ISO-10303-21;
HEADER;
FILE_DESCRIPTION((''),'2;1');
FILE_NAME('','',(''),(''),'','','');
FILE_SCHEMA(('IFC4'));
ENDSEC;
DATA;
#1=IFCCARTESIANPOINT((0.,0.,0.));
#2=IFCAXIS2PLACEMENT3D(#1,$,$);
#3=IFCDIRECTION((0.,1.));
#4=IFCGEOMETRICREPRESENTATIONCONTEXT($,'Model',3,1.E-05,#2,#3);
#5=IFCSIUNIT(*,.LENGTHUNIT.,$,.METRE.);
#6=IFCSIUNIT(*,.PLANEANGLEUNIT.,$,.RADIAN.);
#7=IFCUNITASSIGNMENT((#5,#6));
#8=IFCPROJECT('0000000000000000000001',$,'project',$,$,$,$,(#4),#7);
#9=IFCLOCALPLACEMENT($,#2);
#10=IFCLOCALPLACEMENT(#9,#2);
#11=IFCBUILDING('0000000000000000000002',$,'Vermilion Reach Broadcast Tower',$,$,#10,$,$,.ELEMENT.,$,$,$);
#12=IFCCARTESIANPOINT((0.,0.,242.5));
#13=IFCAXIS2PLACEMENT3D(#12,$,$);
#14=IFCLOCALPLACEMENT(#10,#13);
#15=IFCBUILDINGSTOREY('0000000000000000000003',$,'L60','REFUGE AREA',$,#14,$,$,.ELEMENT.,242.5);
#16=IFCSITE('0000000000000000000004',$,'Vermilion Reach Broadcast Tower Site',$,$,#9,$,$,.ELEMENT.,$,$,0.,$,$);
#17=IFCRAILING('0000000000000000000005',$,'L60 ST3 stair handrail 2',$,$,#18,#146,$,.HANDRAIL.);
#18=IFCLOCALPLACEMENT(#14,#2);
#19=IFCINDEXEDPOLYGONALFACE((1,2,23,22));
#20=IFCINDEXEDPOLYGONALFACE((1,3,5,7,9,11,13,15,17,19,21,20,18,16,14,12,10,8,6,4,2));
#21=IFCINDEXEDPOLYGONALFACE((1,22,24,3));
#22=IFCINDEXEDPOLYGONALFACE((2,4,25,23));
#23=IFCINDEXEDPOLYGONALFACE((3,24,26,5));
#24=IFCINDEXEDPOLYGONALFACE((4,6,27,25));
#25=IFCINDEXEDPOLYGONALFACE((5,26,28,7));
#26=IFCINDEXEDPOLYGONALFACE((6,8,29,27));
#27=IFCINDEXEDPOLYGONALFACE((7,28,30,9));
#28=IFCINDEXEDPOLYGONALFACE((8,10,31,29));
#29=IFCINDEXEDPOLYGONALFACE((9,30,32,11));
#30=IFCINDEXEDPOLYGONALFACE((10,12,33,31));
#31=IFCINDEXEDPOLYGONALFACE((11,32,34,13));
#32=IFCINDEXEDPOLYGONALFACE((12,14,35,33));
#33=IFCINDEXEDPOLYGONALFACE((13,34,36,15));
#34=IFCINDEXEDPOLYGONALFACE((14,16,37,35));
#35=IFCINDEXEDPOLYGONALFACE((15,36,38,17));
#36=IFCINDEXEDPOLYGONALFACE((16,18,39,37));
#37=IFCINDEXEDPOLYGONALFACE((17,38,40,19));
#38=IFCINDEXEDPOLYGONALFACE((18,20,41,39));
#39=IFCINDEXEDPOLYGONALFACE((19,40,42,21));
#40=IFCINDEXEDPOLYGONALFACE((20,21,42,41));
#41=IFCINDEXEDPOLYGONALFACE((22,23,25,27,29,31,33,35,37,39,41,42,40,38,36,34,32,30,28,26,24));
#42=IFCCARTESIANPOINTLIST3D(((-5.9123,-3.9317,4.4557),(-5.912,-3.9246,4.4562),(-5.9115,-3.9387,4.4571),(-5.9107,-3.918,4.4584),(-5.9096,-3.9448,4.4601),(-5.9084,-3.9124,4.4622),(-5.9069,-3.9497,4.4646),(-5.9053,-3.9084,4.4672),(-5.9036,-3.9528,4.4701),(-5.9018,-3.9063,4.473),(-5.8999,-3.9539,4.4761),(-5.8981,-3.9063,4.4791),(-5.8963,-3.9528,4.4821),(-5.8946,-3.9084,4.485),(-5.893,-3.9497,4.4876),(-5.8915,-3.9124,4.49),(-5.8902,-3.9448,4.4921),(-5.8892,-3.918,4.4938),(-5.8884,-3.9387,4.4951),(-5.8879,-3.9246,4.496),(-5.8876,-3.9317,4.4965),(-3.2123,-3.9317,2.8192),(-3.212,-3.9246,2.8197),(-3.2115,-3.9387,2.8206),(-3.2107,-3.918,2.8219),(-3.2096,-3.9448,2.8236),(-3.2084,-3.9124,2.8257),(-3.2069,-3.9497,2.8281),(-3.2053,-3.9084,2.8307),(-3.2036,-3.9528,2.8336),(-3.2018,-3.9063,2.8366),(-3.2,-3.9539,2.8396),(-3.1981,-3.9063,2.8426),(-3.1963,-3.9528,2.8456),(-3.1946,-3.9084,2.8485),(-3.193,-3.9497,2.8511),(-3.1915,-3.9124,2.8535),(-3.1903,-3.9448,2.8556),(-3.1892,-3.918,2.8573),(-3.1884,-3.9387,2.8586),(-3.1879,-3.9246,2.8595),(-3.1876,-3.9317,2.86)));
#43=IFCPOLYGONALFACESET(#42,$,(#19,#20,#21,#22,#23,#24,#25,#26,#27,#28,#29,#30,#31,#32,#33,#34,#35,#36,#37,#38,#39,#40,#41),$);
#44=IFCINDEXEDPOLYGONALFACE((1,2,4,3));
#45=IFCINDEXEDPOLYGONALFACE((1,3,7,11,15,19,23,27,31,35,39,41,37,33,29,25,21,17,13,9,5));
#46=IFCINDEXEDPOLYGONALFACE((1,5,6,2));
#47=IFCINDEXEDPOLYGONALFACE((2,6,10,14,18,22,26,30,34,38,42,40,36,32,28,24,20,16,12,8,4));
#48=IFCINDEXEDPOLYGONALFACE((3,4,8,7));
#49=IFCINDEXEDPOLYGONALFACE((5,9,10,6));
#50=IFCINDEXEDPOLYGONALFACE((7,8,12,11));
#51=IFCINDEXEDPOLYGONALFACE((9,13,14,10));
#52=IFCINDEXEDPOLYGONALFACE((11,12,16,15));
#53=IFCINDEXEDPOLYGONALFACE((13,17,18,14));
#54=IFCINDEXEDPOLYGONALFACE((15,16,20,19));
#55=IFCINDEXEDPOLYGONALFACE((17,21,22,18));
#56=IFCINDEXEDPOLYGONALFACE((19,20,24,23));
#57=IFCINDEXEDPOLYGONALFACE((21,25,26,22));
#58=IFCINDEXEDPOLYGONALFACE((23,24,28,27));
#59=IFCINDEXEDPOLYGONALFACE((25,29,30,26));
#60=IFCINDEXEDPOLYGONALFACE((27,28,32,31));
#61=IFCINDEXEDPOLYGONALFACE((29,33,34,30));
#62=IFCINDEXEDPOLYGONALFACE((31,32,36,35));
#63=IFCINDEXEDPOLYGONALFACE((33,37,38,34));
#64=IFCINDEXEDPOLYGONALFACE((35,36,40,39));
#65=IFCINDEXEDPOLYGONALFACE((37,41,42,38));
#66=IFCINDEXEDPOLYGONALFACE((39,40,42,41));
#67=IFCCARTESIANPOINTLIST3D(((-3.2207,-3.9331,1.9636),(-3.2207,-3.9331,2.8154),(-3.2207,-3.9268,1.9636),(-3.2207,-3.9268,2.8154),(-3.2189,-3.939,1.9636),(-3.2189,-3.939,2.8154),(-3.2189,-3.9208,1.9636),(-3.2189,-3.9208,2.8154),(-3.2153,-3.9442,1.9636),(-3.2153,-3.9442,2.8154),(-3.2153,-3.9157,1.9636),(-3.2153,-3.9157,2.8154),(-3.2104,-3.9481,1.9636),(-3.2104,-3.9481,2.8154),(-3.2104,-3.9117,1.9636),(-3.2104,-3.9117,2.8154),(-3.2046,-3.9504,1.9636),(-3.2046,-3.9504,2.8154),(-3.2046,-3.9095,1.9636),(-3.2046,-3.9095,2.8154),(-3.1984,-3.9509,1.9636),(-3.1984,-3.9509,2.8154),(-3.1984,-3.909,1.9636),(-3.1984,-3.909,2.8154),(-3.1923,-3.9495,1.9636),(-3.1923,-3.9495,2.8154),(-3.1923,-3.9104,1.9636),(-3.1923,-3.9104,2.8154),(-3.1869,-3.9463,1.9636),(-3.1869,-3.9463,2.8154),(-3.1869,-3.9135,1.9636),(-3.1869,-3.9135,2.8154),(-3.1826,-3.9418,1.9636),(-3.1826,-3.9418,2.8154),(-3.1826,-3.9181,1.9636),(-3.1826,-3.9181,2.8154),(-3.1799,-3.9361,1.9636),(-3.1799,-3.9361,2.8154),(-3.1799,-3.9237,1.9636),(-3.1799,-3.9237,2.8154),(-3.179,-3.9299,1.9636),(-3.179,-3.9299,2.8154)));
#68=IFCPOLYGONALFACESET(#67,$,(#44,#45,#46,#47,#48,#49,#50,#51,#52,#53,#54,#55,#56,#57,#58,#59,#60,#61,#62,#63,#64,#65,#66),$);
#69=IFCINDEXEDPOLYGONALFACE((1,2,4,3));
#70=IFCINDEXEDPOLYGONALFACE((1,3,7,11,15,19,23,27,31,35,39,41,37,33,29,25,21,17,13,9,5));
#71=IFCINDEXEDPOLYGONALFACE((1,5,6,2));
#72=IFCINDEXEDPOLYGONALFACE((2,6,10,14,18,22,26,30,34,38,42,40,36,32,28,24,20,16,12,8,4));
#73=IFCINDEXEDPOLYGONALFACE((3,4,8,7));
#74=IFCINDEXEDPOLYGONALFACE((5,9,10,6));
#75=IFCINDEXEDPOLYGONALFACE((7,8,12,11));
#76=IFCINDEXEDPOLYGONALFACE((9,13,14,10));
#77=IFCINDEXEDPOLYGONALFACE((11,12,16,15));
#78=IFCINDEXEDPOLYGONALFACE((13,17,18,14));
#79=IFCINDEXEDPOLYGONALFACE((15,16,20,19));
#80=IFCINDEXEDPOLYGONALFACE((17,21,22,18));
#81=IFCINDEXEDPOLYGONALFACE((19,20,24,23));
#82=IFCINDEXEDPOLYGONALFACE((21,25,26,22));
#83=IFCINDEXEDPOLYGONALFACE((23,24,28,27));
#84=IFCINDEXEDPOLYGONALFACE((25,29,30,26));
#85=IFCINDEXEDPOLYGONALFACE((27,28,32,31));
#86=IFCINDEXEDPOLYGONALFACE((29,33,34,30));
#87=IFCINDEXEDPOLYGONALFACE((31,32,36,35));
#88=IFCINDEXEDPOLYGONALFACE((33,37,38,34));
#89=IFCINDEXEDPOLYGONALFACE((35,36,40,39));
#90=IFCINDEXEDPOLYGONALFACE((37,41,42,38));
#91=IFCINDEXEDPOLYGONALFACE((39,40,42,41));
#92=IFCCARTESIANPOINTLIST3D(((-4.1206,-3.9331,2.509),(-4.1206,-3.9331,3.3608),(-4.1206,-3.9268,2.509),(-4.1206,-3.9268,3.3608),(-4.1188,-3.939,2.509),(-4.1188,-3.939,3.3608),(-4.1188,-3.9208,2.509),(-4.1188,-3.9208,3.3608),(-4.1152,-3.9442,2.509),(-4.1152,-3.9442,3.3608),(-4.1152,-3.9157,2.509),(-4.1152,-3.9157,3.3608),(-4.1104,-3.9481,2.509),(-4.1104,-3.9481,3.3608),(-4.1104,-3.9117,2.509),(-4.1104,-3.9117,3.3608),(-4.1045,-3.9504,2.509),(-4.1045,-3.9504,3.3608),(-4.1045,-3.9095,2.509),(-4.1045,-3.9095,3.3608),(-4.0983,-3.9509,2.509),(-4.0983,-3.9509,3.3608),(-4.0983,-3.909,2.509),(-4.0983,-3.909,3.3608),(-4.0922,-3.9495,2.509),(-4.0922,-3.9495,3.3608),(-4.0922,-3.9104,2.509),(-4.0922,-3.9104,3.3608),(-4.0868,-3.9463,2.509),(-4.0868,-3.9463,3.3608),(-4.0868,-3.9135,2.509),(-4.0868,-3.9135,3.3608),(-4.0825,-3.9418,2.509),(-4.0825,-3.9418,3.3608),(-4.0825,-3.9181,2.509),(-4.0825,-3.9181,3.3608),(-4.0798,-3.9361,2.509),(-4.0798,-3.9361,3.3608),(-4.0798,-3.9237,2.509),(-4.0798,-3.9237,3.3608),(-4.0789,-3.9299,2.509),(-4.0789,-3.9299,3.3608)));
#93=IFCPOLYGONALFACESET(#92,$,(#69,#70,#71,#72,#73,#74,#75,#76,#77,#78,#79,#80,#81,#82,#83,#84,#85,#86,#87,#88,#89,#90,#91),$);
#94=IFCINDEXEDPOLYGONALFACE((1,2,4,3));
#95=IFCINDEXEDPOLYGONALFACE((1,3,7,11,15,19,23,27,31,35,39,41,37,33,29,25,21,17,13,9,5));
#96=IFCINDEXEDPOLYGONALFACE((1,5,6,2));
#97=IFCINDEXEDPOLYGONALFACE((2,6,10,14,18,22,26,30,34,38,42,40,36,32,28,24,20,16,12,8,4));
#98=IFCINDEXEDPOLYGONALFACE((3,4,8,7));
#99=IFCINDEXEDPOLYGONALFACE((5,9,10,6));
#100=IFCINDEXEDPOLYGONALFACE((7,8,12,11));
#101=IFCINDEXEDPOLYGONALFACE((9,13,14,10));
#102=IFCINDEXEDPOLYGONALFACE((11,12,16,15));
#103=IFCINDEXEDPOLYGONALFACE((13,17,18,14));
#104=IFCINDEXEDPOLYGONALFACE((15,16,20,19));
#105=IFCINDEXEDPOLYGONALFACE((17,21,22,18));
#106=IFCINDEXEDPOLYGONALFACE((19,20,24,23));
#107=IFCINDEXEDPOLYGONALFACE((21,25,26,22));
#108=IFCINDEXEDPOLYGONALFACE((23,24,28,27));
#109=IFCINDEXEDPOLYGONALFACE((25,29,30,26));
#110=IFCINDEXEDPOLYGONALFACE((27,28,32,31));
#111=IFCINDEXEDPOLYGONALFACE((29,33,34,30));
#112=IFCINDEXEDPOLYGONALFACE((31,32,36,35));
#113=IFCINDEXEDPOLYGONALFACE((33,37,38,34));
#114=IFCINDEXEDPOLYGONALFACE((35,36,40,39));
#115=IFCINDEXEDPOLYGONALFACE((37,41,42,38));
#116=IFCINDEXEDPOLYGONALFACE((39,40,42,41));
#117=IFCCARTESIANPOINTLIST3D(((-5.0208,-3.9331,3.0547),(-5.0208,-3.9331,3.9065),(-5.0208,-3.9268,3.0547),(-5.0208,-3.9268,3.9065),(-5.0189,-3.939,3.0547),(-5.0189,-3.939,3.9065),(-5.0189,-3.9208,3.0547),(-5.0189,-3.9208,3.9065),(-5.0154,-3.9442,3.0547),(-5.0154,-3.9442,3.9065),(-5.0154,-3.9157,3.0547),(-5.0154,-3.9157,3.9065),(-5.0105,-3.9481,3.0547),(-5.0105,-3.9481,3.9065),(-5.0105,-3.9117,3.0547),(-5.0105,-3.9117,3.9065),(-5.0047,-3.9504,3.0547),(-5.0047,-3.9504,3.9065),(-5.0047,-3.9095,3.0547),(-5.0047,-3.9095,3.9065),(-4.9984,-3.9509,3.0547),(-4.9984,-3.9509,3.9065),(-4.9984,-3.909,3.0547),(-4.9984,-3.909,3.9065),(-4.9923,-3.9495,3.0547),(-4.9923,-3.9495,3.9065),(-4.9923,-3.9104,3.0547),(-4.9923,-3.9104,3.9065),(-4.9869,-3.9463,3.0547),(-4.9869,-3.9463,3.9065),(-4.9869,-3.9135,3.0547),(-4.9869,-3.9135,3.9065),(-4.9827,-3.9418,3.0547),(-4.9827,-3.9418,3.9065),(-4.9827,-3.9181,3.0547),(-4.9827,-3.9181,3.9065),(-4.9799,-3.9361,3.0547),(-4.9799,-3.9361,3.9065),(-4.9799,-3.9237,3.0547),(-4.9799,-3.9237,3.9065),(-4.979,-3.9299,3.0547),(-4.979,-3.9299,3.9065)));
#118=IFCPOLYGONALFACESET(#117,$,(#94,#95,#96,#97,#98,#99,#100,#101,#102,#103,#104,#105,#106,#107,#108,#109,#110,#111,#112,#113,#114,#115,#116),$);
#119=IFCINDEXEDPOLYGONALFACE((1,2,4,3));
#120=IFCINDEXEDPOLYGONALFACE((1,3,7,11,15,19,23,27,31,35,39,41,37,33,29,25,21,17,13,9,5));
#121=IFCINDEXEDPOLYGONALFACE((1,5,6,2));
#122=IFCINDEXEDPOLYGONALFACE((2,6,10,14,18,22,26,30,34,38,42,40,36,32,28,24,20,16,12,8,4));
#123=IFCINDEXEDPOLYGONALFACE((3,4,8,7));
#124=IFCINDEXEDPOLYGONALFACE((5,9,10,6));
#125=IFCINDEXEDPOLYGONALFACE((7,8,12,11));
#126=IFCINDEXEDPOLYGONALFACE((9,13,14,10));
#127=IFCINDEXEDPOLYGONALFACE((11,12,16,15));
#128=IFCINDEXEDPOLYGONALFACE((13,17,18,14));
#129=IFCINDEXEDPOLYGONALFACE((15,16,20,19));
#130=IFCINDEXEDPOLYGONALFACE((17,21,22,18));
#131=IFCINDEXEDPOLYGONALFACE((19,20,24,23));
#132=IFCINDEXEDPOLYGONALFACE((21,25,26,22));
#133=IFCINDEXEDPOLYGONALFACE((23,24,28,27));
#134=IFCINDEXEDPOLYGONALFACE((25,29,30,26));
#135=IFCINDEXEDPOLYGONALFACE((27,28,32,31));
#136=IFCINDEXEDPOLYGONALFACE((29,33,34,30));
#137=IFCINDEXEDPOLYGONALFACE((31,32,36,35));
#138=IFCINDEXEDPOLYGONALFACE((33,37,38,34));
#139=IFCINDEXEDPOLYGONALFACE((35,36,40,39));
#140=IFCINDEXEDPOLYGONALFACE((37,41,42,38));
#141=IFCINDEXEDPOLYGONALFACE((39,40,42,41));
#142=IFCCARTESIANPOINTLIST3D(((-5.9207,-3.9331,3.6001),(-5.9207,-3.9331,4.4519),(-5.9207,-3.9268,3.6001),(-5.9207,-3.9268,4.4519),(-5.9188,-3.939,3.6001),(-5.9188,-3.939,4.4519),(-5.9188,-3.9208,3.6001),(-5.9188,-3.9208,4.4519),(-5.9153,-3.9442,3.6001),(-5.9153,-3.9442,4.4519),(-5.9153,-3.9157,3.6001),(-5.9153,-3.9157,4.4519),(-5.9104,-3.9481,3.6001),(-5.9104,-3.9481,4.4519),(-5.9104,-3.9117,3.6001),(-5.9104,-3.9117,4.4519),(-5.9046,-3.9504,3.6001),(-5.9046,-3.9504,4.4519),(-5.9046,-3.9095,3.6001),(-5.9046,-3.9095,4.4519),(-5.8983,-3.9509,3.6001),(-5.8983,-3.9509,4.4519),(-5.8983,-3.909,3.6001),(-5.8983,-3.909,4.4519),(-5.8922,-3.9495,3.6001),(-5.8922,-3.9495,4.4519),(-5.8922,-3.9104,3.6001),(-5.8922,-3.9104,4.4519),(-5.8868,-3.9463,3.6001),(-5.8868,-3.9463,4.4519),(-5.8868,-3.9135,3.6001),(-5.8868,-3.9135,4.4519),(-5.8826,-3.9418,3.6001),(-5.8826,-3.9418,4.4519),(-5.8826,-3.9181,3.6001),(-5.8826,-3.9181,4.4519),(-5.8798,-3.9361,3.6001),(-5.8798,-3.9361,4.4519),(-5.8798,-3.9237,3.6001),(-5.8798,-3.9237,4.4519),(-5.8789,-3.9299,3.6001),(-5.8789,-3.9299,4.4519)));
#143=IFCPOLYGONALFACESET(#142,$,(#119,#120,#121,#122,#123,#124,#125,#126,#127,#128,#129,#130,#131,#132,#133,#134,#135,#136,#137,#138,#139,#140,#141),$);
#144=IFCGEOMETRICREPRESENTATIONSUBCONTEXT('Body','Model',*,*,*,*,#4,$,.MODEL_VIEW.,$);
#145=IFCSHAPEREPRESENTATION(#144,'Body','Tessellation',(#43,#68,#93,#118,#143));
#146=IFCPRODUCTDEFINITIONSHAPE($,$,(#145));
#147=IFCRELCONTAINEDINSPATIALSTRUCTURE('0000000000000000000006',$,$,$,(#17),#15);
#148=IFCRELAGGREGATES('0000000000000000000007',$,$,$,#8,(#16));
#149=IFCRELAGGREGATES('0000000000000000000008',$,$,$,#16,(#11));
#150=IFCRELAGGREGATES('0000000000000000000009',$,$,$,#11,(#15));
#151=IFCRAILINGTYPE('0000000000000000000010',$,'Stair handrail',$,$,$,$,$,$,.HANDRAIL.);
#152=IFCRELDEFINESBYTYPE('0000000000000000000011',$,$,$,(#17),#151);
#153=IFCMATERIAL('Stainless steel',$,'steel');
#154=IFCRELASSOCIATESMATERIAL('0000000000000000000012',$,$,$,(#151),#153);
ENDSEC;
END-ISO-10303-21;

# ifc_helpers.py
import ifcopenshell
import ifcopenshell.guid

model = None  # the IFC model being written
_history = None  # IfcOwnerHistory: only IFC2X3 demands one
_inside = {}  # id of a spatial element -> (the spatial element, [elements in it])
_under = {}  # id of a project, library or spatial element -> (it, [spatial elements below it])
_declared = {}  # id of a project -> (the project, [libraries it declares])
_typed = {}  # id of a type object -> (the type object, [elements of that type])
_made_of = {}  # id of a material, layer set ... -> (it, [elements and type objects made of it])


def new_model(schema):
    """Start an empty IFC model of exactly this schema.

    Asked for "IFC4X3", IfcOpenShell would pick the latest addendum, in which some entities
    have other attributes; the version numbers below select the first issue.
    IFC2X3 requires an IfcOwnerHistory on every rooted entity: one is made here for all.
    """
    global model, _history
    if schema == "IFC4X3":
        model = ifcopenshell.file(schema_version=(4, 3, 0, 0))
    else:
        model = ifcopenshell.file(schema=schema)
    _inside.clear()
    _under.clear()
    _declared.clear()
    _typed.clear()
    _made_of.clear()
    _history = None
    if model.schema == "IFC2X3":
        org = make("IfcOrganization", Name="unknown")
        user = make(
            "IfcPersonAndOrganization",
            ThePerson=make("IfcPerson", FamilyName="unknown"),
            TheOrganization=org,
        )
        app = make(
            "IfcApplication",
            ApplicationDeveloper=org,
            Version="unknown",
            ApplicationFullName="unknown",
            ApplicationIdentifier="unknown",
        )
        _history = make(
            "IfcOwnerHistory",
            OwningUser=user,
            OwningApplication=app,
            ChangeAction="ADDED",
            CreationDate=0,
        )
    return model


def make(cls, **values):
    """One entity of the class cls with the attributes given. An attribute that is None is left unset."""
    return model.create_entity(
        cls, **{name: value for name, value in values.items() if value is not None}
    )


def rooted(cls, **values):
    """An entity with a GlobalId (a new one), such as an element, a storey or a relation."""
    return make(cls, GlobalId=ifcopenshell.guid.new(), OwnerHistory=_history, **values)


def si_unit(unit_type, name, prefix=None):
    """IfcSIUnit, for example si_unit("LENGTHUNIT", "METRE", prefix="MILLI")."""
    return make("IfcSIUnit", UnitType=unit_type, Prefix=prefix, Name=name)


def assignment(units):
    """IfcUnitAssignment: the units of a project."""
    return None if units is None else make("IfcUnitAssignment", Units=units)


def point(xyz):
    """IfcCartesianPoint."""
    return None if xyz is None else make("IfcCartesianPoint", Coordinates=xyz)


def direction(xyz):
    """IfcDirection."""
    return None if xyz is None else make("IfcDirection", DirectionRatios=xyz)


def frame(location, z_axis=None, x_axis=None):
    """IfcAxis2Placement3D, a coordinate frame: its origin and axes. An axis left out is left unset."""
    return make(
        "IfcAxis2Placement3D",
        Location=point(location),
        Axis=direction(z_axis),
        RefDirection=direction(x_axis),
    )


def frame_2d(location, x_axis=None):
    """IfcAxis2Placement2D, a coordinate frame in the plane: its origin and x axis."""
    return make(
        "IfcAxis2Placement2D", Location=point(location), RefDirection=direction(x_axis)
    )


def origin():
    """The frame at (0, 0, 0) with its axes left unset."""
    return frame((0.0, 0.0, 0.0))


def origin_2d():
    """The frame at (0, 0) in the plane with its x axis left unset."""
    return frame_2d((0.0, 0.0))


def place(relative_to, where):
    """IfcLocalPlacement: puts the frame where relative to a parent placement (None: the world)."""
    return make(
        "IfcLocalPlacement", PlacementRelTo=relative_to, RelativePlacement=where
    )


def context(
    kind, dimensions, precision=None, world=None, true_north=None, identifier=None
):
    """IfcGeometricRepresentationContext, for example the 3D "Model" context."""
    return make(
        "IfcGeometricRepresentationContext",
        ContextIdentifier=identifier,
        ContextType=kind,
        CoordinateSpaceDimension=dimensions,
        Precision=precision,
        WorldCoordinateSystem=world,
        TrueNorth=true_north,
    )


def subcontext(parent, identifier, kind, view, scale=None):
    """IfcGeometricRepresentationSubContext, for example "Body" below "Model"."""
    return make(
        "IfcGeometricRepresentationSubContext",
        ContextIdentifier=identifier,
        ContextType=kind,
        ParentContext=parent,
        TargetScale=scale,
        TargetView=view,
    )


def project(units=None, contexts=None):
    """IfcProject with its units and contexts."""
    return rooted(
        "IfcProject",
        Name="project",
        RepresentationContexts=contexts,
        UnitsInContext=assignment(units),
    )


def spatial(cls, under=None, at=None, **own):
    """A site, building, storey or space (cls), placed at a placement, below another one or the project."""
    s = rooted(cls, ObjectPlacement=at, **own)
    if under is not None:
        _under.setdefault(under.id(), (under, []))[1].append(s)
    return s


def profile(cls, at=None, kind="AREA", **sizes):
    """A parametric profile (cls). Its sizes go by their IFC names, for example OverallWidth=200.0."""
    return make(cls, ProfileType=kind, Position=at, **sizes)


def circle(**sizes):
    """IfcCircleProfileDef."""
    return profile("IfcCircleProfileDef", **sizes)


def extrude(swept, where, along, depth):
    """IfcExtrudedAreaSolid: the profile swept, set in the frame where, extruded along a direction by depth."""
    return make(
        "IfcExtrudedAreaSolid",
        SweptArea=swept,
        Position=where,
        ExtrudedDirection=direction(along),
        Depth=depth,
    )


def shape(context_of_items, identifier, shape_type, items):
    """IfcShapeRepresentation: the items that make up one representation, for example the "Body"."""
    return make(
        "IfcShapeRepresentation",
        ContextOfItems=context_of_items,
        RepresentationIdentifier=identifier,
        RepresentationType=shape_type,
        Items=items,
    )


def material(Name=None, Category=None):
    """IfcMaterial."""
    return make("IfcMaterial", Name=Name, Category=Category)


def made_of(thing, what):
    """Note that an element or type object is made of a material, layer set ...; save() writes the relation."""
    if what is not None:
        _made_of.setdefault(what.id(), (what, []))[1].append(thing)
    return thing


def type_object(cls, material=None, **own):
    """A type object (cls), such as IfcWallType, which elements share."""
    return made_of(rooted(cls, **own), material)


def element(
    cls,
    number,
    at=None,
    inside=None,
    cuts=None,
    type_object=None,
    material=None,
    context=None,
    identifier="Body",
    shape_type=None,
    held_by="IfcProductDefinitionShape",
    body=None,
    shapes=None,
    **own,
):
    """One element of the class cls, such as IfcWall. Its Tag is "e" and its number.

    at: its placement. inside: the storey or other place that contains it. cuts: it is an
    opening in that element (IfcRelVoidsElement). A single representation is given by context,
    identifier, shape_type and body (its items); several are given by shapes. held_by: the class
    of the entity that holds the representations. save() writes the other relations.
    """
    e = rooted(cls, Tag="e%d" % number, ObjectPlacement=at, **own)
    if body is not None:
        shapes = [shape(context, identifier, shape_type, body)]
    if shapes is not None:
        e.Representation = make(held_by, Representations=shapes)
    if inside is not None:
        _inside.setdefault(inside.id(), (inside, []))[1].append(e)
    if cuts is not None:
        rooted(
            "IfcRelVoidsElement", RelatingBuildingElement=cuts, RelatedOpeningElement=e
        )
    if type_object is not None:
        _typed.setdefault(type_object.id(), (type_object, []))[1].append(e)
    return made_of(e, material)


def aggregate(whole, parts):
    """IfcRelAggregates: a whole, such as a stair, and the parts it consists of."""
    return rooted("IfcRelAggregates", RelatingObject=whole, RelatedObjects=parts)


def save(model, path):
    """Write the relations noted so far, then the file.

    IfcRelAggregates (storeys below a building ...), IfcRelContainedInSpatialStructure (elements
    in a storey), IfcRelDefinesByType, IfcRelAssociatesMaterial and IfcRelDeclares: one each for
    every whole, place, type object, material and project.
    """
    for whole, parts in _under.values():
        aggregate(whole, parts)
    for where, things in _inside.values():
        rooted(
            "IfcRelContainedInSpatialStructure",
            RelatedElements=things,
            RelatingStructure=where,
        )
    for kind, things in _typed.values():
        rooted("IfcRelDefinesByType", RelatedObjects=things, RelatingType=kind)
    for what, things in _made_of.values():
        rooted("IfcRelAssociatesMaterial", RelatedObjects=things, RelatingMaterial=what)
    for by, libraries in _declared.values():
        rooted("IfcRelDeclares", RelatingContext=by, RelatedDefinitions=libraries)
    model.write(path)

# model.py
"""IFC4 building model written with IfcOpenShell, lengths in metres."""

from ifc_helpers import new_model, si_unit, direction, frame, origin, origin_2d, place, context, subcontext, project, spatial, circle, extrude, material, type_object, element, save


model = new_model("IFC4")

# Units and contexts
model_context = context("Model", 3, precision=1e-05, world=origin(), true_north=direction((0.0, 1.0)))
body_context = subcontext(model_context, "Body", "Model", "MODEL_VIEW")
ifc_project = project(units=[si_unit("LENGTHUNIT", "METRE"), si_unit("PLANEANGLEUNIT", "RADIAN")], contexts=[model_context])

# Site, building, storey
site_placement = place(None, origin())
site = spatial("IfcSite", under=ifc_project, at=site_placement, Name="Vermilion Reach Broadcast Tower Site", CompositionType="ELEMENT", RefElevation=0.0)
building_placement = place(site_placement, origin())
building = spatial("IfcBuilding", under=site, at=building_placement, Name="Vermilion Reach Broadcast Tower", CompositionType="ELEMENT")
storey_placement = place(building_placement, frame((0.0, 0.0, 242.5)))
storey = spatial("IfcBuildingStorey", under=building, at=storey_placement, Name="L60", Description="REFUGE AREA", CompositionType="ELEMENT", Elevation=242.5)

# Railing
ifc_material_1 = material(Name="Stainless steel", Category="steel")
railing_type_1 = type_object("IfcRailingType", Name="Stair handrail", PredefinedType="HANDRAIL", material=ifc_material_1)
railing_1_placement = place(storey_placement, frame((-3.2, -3.9299, 1.9636)))
element("IfcRailing", 1, at=railing_1_placement, inside=storey, type_object=railing_type_1, Name="L60 ST3 stair handrail 2", PredefinedType="HANDRAIL", context=body_context, shape_type="SweptSolid", body=[
    extrude(circle(Radius=0.0239, at=origin_2d()), frame((0.0, 0.0, 0.876), z_axis=(-0.855178, 0.0, 0.518334), x_axis=(0.0, -1.0, 0.0)), (0.0, 0.0, 1.0), 3.1572),
    extrude(circle(Radius=0.021, at=origin_2d()), origin(), (0.0, 0.0, 1.0), 0.8518),
    extrude(circle(Radius=0.021, at=origin_2d()), frame((-0.8999, 0.0, 0.5454)), (0.0, 0.0, 1.0), 0.8518),
    extrude(circle(Radius=0.021, at=origin_2d()), frame((-1.8, 0.0, 1.0911)), (0.0, 0.0, 1.0), 0.8518),
    extrude(circle(Radius=0.021, at=origin_2d()), frame((-2.7, 0.0, 1.6365)), (0.0, 0.0, 1.0), 0.8518),
])

save(model, "model.ifc")
